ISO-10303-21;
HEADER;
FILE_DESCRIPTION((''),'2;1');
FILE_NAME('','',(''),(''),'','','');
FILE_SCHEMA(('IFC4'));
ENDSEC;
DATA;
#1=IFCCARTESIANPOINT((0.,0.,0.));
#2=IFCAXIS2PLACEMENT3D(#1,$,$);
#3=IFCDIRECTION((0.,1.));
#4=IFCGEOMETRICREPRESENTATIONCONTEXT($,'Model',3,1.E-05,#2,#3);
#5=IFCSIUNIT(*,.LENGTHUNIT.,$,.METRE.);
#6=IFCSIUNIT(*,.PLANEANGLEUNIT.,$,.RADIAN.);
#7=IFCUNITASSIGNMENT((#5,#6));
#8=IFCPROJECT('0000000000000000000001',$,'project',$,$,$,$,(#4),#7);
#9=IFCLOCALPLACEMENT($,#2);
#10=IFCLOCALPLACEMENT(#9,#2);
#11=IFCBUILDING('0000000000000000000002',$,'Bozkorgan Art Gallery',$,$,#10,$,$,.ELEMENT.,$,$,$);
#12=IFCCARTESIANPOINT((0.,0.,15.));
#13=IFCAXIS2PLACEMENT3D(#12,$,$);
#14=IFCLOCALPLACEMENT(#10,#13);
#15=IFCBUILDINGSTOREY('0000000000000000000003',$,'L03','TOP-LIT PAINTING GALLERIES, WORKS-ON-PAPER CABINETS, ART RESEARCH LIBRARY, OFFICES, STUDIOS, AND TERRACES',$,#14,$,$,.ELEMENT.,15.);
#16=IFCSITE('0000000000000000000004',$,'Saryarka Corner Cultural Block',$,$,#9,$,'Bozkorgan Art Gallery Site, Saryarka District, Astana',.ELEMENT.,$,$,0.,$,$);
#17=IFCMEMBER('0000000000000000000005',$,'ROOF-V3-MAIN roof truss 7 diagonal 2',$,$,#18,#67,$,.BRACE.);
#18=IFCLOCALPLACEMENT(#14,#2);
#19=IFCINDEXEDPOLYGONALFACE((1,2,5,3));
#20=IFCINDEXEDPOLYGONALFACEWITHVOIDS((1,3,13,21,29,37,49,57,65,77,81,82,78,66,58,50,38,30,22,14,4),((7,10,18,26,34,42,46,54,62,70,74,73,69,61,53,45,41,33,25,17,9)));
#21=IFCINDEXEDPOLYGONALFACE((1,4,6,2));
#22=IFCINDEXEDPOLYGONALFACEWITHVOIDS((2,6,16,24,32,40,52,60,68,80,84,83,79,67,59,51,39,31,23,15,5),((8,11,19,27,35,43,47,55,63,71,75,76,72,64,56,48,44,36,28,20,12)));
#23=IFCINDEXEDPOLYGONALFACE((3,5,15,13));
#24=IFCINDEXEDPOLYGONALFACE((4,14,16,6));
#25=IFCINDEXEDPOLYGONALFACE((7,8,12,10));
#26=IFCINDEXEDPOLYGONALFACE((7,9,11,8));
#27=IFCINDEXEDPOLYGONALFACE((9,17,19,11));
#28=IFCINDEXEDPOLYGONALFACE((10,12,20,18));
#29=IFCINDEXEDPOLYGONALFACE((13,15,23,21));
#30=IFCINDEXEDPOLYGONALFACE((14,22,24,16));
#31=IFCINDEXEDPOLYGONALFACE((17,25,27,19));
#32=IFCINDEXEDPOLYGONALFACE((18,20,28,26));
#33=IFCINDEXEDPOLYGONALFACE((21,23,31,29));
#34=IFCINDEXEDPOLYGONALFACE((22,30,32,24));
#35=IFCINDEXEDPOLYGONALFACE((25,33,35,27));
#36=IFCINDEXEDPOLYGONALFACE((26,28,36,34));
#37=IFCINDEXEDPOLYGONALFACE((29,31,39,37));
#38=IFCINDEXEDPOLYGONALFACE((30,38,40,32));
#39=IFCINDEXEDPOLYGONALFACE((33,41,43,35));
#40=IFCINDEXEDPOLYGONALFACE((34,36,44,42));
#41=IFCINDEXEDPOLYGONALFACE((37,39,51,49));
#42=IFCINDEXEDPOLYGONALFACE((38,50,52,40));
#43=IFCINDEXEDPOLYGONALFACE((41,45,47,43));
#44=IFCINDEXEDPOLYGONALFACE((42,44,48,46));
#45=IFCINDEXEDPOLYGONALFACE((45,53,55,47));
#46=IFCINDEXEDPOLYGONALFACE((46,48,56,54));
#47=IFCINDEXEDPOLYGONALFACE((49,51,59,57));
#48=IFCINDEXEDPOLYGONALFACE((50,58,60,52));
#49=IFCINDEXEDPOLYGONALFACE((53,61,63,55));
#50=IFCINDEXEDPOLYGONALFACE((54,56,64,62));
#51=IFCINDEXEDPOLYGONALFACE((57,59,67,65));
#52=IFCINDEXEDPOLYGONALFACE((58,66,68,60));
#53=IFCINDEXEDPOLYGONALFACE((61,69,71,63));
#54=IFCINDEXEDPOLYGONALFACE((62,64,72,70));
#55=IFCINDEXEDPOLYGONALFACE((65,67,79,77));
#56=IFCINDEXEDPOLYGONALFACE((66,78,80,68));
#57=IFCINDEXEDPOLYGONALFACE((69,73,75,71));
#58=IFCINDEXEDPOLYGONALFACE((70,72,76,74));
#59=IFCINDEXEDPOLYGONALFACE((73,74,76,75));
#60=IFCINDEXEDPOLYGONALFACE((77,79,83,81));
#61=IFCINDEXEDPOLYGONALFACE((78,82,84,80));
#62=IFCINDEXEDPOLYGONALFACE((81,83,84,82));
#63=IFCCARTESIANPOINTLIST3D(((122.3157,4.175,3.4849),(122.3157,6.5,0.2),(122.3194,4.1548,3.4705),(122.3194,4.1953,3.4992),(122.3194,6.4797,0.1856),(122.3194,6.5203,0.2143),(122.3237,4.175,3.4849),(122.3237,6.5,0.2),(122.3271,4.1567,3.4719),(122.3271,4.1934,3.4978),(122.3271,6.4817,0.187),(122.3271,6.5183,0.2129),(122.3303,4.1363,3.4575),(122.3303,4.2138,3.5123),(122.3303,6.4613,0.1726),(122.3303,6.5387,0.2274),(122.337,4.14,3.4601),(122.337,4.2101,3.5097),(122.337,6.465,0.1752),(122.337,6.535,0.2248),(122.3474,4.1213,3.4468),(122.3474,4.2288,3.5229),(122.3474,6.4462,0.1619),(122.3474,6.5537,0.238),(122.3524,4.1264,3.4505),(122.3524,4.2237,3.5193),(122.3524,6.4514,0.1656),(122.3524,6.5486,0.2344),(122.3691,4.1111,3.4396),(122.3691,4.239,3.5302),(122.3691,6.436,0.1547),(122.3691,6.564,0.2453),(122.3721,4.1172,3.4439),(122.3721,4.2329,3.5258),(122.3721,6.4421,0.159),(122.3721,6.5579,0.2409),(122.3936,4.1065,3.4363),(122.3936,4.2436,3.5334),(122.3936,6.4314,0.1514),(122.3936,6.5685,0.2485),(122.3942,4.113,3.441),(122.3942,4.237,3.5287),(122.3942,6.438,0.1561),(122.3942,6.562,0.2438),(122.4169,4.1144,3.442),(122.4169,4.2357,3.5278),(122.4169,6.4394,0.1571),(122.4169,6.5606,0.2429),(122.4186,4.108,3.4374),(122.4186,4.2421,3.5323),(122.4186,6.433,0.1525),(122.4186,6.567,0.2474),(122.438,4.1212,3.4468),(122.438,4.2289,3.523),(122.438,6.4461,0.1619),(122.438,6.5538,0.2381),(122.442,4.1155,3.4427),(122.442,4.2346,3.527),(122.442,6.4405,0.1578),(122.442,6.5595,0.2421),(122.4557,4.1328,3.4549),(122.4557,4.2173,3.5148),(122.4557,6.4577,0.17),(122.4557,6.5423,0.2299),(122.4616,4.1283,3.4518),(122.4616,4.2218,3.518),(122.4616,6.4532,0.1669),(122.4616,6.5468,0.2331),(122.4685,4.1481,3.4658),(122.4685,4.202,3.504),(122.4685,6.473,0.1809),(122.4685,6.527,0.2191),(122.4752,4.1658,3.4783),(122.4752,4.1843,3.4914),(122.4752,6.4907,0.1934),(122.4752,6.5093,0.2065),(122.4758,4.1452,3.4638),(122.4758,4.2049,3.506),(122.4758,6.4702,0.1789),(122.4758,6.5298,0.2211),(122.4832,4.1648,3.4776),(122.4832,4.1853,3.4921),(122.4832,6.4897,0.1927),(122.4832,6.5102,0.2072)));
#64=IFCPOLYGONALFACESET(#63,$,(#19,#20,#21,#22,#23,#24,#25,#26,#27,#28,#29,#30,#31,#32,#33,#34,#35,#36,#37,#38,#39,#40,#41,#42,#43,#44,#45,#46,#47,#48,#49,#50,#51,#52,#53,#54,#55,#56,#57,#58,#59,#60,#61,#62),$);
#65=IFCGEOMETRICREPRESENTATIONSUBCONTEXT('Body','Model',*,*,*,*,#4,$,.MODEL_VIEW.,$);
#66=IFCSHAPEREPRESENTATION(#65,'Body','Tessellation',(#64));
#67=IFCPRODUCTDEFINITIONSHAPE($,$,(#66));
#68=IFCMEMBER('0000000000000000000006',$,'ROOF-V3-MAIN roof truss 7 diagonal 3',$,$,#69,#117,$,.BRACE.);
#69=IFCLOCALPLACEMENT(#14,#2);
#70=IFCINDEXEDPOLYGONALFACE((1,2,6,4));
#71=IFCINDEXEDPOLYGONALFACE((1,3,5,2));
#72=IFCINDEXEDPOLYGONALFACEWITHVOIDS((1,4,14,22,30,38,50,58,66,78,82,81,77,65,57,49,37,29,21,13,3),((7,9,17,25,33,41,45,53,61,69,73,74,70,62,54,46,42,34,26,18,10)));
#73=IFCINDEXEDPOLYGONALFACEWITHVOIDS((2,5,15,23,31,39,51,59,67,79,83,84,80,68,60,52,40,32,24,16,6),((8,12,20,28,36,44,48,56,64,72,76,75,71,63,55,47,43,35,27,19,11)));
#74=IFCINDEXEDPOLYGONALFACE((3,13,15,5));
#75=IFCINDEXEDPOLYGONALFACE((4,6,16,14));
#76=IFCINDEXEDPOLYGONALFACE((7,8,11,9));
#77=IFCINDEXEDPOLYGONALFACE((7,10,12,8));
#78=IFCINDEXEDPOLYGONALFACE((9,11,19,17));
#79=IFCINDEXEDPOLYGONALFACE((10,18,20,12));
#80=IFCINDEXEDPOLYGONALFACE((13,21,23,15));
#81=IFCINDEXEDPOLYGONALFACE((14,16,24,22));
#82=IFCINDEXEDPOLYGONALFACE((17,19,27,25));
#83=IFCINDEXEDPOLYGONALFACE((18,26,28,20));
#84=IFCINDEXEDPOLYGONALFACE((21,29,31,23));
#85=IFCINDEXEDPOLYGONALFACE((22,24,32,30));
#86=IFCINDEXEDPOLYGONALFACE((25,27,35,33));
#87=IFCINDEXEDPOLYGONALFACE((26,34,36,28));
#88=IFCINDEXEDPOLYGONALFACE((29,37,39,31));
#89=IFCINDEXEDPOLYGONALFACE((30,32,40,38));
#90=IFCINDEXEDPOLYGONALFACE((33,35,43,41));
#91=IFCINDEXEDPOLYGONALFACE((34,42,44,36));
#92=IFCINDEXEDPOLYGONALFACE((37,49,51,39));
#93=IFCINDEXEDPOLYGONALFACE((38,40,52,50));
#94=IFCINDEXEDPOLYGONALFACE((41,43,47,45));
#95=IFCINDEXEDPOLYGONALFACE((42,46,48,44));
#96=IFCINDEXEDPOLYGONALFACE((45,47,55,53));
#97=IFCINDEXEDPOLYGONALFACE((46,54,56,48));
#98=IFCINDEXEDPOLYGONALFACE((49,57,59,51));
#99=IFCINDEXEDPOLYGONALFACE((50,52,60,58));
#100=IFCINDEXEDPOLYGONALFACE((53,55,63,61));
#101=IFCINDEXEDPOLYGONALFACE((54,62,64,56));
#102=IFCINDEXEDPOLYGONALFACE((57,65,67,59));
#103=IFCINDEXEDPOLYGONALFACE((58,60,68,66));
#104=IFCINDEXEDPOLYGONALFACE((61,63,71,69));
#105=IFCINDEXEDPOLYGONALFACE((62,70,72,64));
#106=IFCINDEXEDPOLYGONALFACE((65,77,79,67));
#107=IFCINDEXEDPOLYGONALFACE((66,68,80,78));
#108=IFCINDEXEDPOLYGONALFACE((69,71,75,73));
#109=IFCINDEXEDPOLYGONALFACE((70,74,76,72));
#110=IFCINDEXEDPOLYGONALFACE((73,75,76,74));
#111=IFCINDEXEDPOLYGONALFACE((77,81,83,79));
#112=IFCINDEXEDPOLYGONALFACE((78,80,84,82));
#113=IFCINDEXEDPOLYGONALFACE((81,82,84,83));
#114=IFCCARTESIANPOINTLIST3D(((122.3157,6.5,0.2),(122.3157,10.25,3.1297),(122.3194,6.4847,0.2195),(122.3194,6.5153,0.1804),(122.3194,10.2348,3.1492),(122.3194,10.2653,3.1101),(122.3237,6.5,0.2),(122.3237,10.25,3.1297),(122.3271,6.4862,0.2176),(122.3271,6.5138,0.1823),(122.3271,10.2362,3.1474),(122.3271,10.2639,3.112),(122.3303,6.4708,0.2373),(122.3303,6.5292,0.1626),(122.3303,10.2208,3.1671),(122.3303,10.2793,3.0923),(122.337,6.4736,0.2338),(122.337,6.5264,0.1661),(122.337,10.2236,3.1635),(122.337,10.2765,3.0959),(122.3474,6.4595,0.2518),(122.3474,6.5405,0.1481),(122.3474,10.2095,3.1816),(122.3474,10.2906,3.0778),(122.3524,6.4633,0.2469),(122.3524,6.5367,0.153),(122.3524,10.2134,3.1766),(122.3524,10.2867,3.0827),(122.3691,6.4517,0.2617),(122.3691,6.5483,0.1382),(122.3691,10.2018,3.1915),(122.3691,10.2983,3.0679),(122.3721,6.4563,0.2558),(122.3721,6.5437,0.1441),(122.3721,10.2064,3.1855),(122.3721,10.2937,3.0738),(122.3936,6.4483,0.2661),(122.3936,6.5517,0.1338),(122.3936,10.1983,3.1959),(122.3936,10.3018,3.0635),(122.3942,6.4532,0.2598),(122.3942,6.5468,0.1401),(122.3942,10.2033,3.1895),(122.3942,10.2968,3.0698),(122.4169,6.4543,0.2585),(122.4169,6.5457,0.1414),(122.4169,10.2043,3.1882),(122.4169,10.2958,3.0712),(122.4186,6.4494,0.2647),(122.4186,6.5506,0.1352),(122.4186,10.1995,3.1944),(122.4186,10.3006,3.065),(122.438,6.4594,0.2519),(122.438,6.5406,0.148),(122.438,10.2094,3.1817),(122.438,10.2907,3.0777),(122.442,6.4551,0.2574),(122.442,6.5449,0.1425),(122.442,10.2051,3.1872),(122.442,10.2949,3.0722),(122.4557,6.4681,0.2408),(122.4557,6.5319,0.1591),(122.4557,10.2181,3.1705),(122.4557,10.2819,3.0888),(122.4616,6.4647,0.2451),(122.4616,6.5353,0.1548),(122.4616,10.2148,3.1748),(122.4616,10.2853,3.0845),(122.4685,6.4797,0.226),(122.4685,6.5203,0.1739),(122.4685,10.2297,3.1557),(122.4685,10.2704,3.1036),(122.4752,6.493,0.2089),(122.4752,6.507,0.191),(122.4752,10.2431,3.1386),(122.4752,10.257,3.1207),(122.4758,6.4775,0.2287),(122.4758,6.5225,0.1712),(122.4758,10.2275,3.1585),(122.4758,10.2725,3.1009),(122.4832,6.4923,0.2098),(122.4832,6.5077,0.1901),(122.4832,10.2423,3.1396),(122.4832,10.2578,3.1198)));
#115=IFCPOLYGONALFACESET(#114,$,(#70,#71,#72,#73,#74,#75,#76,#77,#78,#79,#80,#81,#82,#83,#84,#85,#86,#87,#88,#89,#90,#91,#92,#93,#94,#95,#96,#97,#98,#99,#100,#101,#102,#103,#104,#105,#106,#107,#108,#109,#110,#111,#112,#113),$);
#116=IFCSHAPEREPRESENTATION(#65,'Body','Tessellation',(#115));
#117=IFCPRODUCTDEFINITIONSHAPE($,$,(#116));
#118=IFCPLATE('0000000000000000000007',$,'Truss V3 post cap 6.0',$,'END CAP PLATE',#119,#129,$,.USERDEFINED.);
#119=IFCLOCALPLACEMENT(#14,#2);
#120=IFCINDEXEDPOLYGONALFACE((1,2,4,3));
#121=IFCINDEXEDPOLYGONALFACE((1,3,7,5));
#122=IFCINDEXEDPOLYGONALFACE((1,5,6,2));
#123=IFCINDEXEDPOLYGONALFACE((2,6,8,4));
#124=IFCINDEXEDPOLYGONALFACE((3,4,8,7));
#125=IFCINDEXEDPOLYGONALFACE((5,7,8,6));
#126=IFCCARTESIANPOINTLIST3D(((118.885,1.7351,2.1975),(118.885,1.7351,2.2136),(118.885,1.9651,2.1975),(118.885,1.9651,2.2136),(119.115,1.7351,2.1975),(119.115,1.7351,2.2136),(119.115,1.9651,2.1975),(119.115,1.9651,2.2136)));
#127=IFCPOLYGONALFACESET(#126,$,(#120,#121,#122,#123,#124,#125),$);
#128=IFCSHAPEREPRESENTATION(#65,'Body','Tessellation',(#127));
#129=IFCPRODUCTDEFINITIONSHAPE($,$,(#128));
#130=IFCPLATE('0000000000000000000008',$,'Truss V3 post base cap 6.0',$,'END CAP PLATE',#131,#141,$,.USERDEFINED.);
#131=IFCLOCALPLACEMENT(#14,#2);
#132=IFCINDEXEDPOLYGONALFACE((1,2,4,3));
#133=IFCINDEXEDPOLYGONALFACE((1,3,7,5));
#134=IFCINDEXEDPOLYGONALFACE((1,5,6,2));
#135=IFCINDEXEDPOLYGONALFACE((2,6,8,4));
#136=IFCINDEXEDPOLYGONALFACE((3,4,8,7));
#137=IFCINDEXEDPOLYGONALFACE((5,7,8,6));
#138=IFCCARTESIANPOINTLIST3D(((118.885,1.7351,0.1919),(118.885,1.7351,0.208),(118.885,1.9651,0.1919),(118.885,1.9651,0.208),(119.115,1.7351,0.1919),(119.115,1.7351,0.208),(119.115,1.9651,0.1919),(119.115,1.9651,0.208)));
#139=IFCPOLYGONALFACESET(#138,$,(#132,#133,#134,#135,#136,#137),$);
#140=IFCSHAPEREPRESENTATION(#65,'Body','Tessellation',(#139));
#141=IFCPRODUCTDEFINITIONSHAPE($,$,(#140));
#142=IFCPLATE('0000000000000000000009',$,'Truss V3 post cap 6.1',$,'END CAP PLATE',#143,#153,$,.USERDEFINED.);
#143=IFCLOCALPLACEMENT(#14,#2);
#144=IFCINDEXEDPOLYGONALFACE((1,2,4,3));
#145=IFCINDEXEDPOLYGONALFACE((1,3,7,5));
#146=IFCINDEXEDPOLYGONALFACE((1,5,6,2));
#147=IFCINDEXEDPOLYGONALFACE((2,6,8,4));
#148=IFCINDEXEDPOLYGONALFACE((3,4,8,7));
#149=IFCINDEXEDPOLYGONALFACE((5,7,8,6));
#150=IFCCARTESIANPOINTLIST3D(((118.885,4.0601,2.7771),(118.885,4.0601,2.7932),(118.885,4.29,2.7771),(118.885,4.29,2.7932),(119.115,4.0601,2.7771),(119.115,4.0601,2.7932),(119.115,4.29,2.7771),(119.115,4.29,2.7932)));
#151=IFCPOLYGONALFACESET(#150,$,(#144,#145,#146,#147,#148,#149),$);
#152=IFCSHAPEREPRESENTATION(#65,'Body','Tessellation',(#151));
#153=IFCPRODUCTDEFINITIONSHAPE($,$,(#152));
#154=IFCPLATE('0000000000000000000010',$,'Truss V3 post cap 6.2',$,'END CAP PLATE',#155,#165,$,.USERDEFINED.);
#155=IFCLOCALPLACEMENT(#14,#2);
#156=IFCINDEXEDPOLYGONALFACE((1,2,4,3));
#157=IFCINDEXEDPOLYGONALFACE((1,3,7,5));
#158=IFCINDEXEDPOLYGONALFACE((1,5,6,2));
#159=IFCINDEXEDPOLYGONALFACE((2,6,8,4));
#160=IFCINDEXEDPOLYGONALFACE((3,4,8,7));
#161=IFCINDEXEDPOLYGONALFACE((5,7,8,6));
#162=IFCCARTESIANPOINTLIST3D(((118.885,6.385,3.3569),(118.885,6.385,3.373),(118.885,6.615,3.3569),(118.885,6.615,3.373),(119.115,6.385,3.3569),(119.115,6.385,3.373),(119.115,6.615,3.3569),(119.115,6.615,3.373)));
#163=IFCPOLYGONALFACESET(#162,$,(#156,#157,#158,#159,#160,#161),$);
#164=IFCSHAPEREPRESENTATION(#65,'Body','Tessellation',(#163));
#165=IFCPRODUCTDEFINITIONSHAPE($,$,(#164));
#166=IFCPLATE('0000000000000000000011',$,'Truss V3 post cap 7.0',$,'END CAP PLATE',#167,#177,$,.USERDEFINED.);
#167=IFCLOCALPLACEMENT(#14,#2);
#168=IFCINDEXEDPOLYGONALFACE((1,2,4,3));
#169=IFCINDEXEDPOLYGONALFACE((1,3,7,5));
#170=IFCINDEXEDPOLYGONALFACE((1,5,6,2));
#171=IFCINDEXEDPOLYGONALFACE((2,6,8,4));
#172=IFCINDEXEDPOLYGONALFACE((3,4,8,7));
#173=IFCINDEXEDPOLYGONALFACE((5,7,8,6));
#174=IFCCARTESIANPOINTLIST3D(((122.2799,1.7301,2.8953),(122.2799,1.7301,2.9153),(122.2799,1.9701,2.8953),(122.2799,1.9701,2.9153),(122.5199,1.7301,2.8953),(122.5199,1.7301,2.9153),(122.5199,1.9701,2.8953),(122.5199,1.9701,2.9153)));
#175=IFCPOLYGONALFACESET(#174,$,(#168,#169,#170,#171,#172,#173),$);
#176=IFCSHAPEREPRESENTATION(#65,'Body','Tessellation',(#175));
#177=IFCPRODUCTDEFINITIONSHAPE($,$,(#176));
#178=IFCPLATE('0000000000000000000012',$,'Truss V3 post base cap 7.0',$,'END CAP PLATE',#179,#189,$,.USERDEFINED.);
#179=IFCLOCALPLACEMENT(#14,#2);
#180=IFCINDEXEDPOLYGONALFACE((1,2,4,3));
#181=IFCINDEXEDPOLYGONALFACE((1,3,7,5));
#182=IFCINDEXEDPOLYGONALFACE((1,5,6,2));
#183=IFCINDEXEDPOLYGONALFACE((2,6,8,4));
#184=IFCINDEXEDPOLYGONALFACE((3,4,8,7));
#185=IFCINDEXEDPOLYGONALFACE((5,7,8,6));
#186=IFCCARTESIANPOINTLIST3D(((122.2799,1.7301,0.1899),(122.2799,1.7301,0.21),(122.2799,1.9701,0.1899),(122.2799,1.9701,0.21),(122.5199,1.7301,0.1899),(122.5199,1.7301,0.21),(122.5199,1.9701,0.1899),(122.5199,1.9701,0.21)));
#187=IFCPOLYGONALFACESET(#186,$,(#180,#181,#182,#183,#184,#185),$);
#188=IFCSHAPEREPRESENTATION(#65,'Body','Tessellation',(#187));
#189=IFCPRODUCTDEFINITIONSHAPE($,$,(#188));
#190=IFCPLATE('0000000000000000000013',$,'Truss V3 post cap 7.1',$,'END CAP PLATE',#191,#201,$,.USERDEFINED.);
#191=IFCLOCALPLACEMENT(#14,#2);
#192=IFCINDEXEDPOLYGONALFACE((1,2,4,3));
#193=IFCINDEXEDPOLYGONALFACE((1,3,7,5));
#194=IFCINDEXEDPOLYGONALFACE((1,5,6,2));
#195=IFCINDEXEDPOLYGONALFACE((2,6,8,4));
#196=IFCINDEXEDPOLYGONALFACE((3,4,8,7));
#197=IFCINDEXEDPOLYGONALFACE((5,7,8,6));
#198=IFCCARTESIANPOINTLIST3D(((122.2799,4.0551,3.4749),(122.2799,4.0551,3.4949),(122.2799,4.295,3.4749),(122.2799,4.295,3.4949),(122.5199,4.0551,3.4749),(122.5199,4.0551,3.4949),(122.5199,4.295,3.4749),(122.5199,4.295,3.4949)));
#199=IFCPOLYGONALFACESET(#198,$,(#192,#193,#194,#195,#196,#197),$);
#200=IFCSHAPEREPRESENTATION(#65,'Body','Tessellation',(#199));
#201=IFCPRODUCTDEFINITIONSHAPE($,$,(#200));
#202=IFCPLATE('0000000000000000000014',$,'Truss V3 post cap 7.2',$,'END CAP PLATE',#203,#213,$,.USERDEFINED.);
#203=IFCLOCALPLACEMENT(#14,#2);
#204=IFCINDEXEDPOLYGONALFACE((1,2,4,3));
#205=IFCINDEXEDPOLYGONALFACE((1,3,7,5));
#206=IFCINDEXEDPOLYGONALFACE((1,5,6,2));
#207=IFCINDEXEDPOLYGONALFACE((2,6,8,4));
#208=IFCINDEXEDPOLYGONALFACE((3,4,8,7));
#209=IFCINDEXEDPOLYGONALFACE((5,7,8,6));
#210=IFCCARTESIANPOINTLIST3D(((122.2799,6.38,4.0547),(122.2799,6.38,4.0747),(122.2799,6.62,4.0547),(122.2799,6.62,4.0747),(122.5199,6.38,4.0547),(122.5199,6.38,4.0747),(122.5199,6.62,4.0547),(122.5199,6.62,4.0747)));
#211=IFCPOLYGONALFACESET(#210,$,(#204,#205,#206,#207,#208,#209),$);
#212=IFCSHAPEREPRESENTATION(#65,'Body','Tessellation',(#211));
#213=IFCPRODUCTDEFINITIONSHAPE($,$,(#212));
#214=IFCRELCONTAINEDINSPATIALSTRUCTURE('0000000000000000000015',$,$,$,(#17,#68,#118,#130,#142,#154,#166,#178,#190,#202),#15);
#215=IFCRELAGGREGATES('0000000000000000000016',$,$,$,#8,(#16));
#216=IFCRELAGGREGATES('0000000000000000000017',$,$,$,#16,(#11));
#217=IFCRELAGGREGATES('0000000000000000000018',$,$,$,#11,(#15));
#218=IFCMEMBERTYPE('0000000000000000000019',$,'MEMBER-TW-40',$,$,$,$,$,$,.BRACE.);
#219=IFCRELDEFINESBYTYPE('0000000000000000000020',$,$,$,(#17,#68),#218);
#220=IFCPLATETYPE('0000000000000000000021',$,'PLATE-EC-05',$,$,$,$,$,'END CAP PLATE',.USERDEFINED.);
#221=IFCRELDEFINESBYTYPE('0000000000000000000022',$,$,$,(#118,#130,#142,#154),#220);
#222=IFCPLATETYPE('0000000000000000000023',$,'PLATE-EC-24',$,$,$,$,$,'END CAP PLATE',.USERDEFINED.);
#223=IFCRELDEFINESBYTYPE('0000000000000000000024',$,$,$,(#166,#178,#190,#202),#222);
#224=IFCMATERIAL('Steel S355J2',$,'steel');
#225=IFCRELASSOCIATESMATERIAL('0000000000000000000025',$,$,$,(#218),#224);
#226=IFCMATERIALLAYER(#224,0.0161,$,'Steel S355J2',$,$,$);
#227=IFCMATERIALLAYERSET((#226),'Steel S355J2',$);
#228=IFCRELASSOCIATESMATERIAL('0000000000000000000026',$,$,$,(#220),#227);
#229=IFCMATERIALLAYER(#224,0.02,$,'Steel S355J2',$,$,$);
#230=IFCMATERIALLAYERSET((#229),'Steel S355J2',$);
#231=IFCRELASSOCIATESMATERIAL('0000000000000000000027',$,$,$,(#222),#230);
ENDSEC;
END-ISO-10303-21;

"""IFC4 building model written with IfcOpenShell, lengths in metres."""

from ifc_helpers import new_model, si_unit, direction, frame, origin, origin_2d, place, context, subcontext, project, spatial, rectangle, hollow_circle, extrude, material, layer, layer_set, material_profile, profile_set, type_object, element, save


model = new_model("IFC4")

# Units and contexts
model_context = context("Model", 3, precision=1e-05, world=origin(), true_north=direction((0.0, 1.0)))
body_context = subcontext(model_context, "Body", "Model", "MODEL_VIEW")
ifc_project = project(units=[si_unit("LENGTHUNIT", "METRE"), si_unit("PLANEANGLEUNIT", "RADIAN")], contexts=[model_context])

# Site, building, storey
site_placement = place(None, origin())
site = spatial("IfcSite", under=ifc_project, at=site_placement, Name="Saryarka Corner Cultural Block", LongName="Bozkorgan Art Gallery Site, Saryarka District, Astana", CompositionType="ELEMENT", RefElevation=0.0)
building_placement = place(site_placement, origin())
building = spatial("IfcBuilding", under=site, at=building_placement, Name="Bozkorgan Art Gallery", CompositionType="ELEMENT")
storey_placement = place(building_placement, frame((0.0, 0.0, 15.0)))
storey = spatial("IfcBuildingStorey", under=building, at=storey_placement, Name="L03", Description="TOP-LIT PAINTING GALLERIES, WORKS-ON-PAPER CABINETS, ART RESEARCH LIBRARY, OFFICES, STUDIOS, AND TERRACES", CompositionType="ELEMENT", Elevation=15.0)

# Shared definitions
ifc_material = material(Name="Steel S355J2", Category="steel")

# Members
ifc_material_profile_1 = material_profile(ifc_material, hollow_circle(Radius=0.0842, WallThickness=0.0081, at=origin_2d()), Name="CHS 168.3x8")
ifc_profile_set_1 = profile_set([ifc_material_profile_1], Name="Steel S355J2")
member_type_1 = type_object("IfcMemberType", Name="MEMBER-TW-40", PredefinedType="BRACE", material=ifc_profile_set_1)
for number, where, z_axis, x_axis, name in (
    (1, (122.3999, 4.175, 3.4849), (0.0, 0.577709, -0.816243), (-1.0, 0.0, 0.0), "ROOF-V3-MAIN roof truss 7 diagonal 2"),
):
    element("IfcMember", number, at=place(storey_placement, frame(where, z_axis=z_axis, x_axis=x_axis)), inside=storey, type_object=member_type_1, Name=name, PredefinedType="BRACE", context=body_context, shape_type="SweptSolid", body=[
        extrude(hollow_circle(Radius=0.0842, WallThickness=0.0081, at=origin_2d()), origin(), (0.0, 0.0, 1.0), 4.0244),
    ])
member_1_placement = place(storey_placement, frame((122.3999, 6.5, 0.2), z_axis=(0.0, 0.788024, 0.615644), x_axis=(-1.0, 0.0, 0.0)))
element("IfcMember", 2, at=member_1_placement, inside=storey, type_object=member_type_1, Name="ROOF-V3-MAIN roof truss 7 diagonal 3", PredefinedType="BRACE", context=body_context, shape_type="SweptSolid", body=[
    extrude(hollow_circle(Radius=0.0842, WallThickness=0.0081, at=origin_2d()), origin(), (0.0, 0.0, 1.0), 4.7588),
])

# Plates
ifc_layer_1 = layer(ifc_material, 0.0161, Name="Steel S355J2")
ifc_layer_set_1 = layer_set([ifc_layer_1], Name="Steel S355J2")
plate_type_1 = type_object("IfcPlateType", Name="PLATE-EC-05", ElementType="END CAP PLATE", PredefinedType="USERDEFINED", material=ifc_layer_set_1)
for number, where, z_axis, x_axis, name in (
    (3, (119.0, 1.8501, 2.1975), (0.0, 0.0, 1.0), (1.0, 0.0, 0.0), "Truss V3 post cap 6.0"),
    (4, (119.0, 1.8501, 0.1919), (0.0, 0.0, 1.0), (1.0, 0.0, 0.0), "Truss V3 post base cap 6.0"),
    (5, (119.0, 4.175, 2.7771), (0.0, 0.0, 1.0), (1.0, 0.0, 0.0), "Truss V3 post cap 6.1"),
    (6, (119.0, 6.5, 3.3569), (0.0, 0.0, 1.0), (1.0, 0.0, 0.0), "Truss V3 post cap 6.2"),
):
    element("IfcPlate", number, at=place(storey_placement, frame(where, z_axis=z_axis, x_axis=x_axis)), inside=storey, type_object=plate_type_1, Name=name, ObjectType="END CAP PLATE", PredefinedType="USERDEFINED", context=body_context, shape_type="SweptSolid", body=[
        extrude(rectangle(XDim=0.23, YDim=0.23, at=origin_2d()), origin(), (0.0, 0.0, 1.0), 0.0161),
    ])
ifc_layer_2 = layer(ifc_material, 0.02, Name="Steel S355J2")
ifc_layer_set_2 = layer_set([ifc_layer_2], Name="Steel S355J2")
plate_type_2 = type_object("IfcPlateType", Name="PLATE-EC-24", ElementType="END CAP PLATE", PredefinedType="USERDEFINED", material=ifc_layer_set_2)
for number, where, z_axis, x_axis, name in (
    (7, (122.3999, 1.8501, 2.8953), (0.0, 0.0, 1.0), (1.0, 0.0, 0.0), "Truss V3 post cap 7.0"),
    (8, (122.3999, 1.8501, 0.1899), (0.0, 0.0, 1.0), (1.0, 0.0, 0.0), "Truss V3 post base cap 7.0"),
    (9, (122.3999, 4.175, 3.4749), (0.0, 0.0, 1.0), (1.0, 0.0, 0.0), "Truss V3 post cap 7.1"),
    (10, (122.3999, 6.5, 4.0547), (0.0, 0.0, 1.0), (1.0, 0.0, 0.0), "Truss V3 post cap 7.2"),
):
    element("IfcPlate", number, at=place(storey_placement, frame(where, z_axis=z_axis, x_axis=x_axis)), inside=storey, type_object=plate_type_2, Name=name, ObjectType="END CAP PLATE", PredefinedType="USERDEFINED", context=body_context, shape_type="SweptSolid", body=[
        extrude(rectangle(XDim=0.24, YDim=0.24, at=origin_2d()), origin(), (0.0, 0.0, 1.0), 0.02),
    ])

save(model, "model.ifc")
